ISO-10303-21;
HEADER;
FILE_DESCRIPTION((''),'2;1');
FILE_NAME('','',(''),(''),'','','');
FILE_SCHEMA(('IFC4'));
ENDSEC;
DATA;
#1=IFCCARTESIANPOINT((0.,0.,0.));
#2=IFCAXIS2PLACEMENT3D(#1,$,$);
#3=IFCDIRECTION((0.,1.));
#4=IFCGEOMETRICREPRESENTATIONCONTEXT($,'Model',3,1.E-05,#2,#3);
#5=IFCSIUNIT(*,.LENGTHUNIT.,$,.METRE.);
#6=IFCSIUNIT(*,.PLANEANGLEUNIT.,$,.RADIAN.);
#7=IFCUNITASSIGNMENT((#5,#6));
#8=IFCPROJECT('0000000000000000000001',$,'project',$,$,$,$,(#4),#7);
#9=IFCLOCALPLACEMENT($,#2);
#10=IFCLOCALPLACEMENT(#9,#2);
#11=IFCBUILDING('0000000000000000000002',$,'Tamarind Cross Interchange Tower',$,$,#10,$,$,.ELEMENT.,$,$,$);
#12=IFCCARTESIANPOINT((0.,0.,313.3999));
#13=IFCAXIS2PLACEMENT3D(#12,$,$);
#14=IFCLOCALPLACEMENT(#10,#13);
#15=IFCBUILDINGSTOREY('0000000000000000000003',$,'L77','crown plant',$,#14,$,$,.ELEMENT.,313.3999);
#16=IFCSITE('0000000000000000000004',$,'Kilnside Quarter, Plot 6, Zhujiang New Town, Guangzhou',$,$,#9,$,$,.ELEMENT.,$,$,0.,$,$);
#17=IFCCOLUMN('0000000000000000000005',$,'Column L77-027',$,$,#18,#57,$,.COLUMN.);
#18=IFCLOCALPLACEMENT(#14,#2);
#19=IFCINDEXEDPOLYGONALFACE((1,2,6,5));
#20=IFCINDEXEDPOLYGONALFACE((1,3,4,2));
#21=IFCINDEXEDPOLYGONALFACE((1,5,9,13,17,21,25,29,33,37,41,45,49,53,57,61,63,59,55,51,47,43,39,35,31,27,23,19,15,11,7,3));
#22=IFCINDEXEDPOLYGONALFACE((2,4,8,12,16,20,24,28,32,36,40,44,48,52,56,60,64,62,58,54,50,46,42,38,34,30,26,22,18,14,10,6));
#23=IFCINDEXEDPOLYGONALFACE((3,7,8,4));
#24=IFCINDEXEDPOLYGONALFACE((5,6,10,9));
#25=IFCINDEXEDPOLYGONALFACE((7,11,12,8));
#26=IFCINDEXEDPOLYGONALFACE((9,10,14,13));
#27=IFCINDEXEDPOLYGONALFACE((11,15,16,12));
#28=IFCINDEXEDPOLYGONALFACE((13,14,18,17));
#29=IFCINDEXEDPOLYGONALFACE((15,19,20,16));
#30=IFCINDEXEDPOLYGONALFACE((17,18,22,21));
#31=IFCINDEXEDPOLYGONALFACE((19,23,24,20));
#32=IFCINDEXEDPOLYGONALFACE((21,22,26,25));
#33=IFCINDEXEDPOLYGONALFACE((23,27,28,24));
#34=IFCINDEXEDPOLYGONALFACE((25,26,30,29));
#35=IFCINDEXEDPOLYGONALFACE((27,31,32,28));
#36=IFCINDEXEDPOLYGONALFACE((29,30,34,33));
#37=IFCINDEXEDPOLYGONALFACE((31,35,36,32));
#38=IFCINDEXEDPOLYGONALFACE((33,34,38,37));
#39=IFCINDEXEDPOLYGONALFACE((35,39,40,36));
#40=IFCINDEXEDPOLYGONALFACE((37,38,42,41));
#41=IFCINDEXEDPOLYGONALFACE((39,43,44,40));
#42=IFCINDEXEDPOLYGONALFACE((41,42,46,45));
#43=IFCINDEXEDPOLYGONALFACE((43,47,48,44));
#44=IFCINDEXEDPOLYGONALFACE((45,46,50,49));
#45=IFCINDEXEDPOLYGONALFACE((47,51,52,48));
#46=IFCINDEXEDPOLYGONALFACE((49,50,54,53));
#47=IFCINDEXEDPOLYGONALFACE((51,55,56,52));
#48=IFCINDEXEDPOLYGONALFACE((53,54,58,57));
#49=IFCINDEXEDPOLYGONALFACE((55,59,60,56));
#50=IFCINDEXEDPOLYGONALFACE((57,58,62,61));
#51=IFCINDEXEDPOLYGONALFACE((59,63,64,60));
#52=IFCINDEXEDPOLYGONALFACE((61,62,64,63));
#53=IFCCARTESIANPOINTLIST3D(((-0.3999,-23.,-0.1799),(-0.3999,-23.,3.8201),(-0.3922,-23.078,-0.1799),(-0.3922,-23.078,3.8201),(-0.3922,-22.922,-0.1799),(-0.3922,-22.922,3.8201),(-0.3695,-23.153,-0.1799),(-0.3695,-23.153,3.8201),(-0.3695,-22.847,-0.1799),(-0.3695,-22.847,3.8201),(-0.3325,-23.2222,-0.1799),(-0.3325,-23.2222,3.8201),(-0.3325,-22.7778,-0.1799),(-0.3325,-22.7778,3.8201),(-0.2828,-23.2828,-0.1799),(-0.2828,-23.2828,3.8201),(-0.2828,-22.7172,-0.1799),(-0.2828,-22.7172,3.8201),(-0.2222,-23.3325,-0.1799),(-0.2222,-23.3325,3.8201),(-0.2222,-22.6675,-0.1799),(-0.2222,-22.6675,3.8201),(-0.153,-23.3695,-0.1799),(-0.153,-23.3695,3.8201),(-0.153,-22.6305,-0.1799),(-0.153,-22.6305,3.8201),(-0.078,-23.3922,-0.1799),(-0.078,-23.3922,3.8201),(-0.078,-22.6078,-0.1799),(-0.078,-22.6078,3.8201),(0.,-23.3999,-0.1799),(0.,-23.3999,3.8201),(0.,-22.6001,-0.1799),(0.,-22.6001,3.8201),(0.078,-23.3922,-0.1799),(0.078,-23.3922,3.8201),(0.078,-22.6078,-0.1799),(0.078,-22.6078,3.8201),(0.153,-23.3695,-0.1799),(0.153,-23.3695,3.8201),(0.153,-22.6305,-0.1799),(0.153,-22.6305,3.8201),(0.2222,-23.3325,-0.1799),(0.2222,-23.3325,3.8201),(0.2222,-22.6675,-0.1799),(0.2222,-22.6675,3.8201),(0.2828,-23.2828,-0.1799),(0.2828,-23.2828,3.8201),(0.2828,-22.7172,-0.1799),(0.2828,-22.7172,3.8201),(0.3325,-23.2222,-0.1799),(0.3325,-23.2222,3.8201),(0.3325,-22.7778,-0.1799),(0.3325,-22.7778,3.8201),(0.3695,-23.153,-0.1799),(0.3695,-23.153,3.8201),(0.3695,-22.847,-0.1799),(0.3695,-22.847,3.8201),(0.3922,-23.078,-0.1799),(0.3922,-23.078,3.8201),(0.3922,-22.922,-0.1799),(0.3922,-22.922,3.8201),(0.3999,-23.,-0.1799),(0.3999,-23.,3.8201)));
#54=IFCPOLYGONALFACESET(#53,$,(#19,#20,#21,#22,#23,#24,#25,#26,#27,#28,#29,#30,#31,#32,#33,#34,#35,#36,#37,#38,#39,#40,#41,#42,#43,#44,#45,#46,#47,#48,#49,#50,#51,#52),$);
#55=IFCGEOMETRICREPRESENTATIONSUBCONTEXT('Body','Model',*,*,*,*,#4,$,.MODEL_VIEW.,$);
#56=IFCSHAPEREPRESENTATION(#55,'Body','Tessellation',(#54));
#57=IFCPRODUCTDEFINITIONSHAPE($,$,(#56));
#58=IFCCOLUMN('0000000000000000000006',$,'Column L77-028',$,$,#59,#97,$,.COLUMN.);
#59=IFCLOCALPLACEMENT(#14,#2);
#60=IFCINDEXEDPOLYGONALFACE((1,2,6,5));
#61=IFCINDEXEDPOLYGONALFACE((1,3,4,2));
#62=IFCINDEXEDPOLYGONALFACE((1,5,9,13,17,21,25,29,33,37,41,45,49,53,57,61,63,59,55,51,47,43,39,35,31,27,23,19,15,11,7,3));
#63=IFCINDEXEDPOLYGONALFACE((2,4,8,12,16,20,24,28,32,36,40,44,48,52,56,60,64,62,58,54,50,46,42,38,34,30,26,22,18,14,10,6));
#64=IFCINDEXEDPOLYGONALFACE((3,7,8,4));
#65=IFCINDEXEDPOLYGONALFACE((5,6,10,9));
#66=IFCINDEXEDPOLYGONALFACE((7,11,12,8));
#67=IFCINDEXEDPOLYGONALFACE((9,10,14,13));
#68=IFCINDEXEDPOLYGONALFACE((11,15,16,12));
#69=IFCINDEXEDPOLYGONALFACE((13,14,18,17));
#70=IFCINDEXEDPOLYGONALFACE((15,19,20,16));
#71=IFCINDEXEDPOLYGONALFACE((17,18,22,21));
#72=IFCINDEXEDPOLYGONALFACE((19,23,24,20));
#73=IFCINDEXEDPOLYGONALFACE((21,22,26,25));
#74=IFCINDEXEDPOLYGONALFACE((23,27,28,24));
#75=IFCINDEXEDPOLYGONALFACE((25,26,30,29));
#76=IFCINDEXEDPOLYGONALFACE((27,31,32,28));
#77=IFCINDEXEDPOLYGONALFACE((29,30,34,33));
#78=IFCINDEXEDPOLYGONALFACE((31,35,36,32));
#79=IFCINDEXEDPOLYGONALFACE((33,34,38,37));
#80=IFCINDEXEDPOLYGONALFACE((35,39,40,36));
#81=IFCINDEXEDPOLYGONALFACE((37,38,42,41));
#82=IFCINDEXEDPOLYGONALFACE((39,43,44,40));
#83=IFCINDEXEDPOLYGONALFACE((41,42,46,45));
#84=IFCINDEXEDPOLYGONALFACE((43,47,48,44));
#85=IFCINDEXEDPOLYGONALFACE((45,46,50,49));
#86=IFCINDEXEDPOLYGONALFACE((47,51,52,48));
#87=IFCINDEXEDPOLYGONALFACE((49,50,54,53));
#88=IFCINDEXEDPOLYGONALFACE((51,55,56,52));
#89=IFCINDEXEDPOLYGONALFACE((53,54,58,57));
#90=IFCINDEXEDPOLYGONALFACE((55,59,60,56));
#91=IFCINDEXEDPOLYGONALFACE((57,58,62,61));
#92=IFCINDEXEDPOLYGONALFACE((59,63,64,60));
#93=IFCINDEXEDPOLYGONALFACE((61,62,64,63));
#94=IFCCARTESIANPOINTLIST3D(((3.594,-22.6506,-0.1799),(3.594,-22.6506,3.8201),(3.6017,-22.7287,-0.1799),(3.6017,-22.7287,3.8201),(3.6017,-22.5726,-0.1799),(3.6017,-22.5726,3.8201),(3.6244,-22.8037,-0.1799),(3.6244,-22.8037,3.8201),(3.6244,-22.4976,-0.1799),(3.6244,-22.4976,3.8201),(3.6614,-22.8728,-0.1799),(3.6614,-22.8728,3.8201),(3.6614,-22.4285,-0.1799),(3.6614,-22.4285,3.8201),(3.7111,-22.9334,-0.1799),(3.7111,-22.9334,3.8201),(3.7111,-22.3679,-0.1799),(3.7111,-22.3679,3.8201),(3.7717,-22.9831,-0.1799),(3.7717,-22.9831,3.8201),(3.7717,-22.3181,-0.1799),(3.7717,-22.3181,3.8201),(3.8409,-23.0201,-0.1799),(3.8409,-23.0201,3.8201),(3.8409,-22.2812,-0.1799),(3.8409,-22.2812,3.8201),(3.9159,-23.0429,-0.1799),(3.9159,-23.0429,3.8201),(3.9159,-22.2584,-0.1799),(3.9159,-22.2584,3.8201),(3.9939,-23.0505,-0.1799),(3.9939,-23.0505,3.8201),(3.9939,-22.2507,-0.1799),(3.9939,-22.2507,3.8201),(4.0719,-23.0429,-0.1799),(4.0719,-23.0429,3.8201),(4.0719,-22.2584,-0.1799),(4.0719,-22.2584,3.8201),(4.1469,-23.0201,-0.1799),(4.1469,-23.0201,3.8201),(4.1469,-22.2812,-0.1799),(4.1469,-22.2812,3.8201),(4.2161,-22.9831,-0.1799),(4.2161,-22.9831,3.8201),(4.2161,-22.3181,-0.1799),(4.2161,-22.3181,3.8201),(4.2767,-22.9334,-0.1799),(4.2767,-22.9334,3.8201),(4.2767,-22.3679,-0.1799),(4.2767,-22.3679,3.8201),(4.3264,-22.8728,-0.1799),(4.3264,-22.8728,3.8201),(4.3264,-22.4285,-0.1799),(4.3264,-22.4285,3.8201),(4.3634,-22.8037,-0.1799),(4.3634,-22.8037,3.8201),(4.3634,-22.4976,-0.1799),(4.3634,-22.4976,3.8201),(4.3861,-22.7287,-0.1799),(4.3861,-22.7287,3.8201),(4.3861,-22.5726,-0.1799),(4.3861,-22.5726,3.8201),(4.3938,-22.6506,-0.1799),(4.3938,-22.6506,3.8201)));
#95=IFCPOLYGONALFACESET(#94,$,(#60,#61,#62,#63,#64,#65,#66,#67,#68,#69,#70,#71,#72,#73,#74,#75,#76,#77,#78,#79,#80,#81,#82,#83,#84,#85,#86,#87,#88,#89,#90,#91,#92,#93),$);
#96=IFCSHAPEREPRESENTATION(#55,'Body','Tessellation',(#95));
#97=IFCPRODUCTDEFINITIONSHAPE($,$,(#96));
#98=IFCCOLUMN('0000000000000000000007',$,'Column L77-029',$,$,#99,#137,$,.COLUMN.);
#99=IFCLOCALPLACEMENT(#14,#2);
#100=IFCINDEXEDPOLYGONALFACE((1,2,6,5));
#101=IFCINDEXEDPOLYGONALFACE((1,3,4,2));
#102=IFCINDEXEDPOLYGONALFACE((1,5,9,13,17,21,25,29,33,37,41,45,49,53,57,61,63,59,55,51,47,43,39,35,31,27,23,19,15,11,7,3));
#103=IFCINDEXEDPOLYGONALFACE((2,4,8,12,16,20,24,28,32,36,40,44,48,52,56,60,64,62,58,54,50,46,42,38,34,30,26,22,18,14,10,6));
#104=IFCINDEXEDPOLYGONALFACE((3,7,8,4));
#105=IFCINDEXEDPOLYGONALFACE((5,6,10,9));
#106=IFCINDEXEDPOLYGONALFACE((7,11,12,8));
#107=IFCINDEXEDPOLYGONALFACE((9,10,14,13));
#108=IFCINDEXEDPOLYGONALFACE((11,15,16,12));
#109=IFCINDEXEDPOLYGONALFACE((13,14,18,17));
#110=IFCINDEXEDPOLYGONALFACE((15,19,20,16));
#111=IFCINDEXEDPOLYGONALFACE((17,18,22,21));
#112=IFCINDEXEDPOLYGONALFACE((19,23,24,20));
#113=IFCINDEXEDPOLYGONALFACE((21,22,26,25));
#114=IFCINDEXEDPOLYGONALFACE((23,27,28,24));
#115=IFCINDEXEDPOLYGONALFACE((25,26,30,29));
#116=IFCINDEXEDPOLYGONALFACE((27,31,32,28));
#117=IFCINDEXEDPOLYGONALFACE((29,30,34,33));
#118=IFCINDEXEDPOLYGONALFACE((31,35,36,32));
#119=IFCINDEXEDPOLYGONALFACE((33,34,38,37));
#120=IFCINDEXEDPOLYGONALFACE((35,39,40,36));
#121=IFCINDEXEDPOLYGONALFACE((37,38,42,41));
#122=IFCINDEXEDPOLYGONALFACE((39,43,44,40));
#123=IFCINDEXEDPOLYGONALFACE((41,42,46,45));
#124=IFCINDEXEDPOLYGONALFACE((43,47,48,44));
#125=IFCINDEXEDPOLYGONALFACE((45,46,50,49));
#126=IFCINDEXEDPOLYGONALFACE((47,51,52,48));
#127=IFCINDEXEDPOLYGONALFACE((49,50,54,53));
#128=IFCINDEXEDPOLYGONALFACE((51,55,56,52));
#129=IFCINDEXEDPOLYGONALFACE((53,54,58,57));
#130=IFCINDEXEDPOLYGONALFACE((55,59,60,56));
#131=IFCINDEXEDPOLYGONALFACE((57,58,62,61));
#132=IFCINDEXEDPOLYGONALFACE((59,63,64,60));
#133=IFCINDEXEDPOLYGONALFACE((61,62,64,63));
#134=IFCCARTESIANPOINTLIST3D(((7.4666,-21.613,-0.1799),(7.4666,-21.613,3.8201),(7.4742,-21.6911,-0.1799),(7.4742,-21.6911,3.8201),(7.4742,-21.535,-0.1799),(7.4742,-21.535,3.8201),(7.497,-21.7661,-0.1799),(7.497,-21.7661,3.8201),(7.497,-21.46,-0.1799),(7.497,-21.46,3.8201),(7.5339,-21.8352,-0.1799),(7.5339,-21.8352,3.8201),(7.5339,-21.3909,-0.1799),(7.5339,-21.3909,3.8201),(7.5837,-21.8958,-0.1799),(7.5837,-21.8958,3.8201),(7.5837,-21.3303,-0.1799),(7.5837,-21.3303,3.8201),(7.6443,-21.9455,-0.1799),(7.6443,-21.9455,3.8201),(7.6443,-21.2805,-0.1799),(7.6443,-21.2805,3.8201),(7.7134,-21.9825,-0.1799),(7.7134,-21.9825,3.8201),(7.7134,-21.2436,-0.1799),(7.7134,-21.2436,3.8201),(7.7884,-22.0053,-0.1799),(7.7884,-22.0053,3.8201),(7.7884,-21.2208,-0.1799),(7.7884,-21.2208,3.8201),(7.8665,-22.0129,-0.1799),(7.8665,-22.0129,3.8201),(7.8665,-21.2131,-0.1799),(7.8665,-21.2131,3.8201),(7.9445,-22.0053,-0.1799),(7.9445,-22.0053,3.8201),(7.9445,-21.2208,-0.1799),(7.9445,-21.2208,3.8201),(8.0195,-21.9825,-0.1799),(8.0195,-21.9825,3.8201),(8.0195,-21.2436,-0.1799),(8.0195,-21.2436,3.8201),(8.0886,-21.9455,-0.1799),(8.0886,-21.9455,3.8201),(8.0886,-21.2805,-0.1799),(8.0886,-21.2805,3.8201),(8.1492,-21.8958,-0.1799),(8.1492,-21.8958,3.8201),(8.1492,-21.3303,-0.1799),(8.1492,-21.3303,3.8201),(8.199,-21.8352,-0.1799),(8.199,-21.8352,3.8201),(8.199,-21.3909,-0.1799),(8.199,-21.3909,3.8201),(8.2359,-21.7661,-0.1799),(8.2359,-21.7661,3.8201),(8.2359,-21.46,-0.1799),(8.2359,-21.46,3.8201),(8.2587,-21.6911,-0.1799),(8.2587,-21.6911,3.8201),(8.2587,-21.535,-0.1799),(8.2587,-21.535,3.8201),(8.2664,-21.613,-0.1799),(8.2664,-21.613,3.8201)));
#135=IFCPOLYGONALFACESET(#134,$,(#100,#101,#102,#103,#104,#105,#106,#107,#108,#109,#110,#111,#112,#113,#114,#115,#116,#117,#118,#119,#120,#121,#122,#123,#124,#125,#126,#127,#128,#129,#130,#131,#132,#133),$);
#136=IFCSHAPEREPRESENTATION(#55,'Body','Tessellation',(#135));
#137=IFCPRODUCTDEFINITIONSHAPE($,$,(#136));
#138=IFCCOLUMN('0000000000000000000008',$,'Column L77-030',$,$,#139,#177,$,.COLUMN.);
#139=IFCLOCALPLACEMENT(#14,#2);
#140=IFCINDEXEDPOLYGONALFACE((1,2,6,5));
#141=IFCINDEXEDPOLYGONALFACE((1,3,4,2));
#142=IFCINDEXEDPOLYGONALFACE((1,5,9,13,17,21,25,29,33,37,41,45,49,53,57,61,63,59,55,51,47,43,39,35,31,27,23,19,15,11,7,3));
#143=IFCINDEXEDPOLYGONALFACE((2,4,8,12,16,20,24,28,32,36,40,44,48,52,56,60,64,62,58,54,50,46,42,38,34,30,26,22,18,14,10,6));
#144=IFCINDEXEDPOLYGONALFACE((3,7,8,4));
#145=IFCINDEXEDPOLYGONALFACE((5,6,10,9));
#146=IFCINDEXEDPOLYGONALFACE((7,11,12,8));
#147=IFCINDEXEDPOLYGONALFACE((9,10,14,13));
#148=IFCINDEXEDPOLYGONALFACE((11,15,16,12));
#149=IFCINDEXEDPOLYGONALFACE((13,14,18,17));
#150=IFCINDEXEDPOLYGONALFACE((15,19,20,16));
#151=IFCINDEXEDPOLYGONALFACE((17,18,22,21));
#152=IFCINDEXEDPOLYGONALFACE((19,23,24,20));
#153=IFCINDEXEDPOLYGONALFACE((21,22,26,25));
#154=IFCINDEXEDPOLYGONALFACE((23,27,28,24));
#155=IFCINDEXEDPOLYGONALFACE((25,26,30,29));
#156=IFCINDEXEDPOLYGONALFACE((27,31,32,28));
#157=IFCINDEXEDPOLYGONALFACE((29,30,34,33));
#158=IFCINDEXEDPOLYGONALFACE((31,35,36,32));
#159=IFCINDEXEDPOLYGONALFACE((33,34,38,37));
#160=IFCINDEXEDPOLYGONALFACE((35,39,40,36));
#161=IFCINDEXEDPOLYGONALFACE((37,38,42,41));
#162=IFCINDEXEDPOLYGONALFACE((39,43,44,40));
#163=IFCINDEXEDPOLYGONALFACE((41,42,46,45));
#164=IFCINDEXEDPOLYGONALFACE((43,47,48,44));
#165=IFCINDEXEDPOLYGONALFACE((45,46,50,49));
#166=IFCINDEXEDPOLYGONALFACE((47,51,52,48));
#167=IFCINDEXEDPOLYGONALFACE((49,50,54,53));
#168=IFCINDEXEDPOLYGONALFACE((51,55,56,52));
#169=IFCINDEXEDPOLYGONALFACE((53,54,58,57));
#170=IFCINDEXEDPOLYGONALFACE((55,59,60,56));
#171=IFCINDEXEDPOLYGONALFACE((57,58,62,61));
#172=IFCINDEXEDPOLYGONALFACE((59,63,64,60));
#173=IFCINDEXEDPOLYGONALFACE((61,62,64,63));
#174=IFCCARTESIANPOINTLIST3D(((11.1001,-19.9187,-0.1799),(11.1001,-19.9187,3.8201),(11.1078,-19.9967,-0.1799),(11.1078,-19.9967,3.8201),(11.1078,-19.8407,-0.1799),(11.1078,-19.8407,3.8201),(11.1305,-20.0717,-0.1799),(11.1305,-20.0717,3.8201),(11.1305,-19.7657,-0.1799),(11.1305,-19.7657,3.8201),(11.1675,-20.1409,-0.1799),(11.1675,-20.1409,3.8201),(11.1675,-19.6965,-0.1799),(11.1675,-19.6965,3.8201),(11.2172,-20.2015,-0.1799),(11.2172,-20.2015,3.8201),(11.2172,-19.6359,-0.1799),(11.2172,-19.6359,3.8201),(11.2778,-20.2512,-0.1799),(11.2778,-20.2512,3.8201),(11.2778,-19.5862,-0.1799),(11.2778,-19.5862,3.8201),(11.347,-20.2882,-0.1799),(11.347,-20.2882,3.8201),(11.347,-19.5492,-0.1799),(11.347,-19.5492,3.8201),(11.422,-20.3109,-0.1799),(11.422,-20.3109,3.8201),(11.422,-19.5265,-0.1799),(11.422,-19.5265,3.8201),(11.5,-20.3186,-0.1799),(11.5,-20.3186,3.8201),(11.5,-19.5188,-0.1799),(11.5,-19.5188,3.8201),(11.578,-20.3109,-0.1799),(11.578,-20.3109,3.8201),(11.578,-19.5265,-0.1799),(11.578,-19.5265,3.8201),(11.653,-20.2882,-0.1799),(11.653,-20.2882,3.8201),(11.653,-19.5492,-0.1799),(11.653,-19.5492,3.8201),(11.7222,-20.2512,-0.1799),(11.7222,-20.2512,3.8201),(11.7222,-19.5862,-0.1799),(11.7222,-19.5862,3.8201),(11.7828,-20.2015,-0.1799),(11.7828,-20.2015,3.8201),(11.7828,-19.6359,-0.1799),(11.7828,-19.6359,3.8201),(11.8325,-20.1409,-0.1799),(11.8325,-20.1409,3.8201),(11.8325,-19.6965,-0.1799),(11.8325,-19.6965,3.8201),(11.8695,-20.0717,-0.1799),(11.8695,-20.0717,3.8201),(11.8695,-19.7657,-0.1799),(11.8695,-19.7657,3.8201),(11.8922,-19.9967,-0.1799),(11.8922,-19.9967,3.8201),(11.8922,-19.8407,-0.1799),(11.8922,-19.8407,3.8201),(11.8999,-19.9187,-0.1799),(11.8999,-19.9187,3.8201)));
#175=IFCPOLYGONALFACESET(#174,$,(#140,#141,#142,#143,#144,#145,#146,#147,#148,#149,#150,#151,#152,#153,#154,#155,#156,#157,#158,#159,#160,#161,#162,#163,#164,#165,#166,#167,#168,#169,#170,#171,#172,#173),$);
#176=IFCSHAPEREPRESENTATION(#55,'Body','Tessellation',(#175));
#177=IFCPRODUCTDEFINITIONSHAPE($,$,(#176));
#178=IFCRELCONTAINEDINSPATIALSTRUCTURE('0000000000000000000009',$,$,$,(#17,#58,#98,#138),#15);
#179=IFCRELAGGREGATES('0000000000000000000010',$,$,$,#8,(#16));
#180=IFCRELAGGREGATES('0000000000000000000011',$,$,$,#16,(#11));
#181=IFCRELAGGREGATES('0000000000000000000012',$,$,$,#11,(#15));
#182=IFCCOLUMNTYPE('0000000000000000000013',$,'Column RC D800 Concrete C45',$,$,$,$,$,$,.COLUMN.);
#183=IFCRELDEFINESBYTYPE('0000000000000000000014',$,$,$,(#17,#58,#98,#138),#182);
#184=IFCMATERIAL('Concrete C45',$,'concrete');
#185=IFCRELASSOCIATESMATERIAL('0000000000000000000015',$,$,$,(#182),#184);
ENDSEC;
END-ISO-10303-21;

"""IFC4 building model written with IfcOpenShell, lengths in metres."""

from ifc_helpers import new_model, si_unit, direction, frame, origin, origin_2d, place, context, subcontext, project, spatial, circle, extrude, material, material_profile, profile_set, type_object, element, save


model = new_model("IFC4")

# Units and contexts
model_context = context("Model", 3, precision=1e-05, world=origin(), true_north=direction((0.0, 1.0)))
body_context = subcontext(model_context, "Body", "Model", "MODEL_VIEW")
ifc_project = project(units=[si_unit("LENGTHUNIT", "METRE"), si_unit("PLANEANGLEUNIT", "RADIAN")], contexts=[model_context])

# Site, building, storey
site_placement = place(None, origin())
site = spatial("IfcSite", under=ifc_project, at=site_placement, Name="Kilnside Quarter, Plot 6, Zhujiang New Town, Guangzhou", CompositionType="ELEMENT", RefElevation=0.0)
building_placement = place(site_placement, origin())
building = spatial("IfcBuilding", under=site, at=building_placement, Name="Tamarind Cross Interchange Tower", CompositionType="ELEMENT")
storey_placement = place(building_placement, frame((0.0, 0.0, 313.3999)))
storey = spatial("IfcBuildingStorey", under=building, at=storey_placement, Name="L77", Description="crown plant", CompositionType="ELEMENT", Elevation=313.3999)

# Columns
ifc_material_1 = material(Name="Concrete C45", Category="concrete")
ifc_material_profile_1 = material_profile(ifc_material_1, circle(Radius=0.3999, at=origin_2d()), Name="RC D800")
ifc_profile_set_1 = profile_set([ifc_material_profile_1], Name="Concrete C45")
column_type = type_object("IfcColumnType", Name="Column RC D800 Concrete C45", PredefinedType="COLUMN", material=ifc_profile_set_1)
for number, where, z_axis, x_axis, name in (
    (1, (0.0, -23.0, -0.1799), (0.0, 0.0, 1.0), (1.0, 0.0, 0.0), "Column L77-027"),
    (2, (3.9939, -22.6506, -0.1799), (0.0, 0.0, 1.0), (1.0, 0.0, 0.0), "Column L77-028"),
    (3, (7.8665, -21.613, -0.1799), (0.0, 0.0, 1.0), (1.0, 0.0, 0.0), "Column L77-029"),
    (4, (11.5, -19.9187, -0.1799), (0.0, 0.0, 1.0), (1.0, 0.0, 0.0), "Column L77-030"),
):
    element("IfcColumn", number, at=place(storey_placement, frame(where, z_axis=z_axis, x_axis=x_axis)), inside=storey, type_object=column_type, Name=name, PredefinedType="COLUMN", context=body_context, shape_type="SweptSolid", body=[
        extrude(circle(Radius=0.3999, at=origin_2d()), origin(), (0.0, 0.0, 1.0), 4.0),
    ])

save(model, "model.ifc")
